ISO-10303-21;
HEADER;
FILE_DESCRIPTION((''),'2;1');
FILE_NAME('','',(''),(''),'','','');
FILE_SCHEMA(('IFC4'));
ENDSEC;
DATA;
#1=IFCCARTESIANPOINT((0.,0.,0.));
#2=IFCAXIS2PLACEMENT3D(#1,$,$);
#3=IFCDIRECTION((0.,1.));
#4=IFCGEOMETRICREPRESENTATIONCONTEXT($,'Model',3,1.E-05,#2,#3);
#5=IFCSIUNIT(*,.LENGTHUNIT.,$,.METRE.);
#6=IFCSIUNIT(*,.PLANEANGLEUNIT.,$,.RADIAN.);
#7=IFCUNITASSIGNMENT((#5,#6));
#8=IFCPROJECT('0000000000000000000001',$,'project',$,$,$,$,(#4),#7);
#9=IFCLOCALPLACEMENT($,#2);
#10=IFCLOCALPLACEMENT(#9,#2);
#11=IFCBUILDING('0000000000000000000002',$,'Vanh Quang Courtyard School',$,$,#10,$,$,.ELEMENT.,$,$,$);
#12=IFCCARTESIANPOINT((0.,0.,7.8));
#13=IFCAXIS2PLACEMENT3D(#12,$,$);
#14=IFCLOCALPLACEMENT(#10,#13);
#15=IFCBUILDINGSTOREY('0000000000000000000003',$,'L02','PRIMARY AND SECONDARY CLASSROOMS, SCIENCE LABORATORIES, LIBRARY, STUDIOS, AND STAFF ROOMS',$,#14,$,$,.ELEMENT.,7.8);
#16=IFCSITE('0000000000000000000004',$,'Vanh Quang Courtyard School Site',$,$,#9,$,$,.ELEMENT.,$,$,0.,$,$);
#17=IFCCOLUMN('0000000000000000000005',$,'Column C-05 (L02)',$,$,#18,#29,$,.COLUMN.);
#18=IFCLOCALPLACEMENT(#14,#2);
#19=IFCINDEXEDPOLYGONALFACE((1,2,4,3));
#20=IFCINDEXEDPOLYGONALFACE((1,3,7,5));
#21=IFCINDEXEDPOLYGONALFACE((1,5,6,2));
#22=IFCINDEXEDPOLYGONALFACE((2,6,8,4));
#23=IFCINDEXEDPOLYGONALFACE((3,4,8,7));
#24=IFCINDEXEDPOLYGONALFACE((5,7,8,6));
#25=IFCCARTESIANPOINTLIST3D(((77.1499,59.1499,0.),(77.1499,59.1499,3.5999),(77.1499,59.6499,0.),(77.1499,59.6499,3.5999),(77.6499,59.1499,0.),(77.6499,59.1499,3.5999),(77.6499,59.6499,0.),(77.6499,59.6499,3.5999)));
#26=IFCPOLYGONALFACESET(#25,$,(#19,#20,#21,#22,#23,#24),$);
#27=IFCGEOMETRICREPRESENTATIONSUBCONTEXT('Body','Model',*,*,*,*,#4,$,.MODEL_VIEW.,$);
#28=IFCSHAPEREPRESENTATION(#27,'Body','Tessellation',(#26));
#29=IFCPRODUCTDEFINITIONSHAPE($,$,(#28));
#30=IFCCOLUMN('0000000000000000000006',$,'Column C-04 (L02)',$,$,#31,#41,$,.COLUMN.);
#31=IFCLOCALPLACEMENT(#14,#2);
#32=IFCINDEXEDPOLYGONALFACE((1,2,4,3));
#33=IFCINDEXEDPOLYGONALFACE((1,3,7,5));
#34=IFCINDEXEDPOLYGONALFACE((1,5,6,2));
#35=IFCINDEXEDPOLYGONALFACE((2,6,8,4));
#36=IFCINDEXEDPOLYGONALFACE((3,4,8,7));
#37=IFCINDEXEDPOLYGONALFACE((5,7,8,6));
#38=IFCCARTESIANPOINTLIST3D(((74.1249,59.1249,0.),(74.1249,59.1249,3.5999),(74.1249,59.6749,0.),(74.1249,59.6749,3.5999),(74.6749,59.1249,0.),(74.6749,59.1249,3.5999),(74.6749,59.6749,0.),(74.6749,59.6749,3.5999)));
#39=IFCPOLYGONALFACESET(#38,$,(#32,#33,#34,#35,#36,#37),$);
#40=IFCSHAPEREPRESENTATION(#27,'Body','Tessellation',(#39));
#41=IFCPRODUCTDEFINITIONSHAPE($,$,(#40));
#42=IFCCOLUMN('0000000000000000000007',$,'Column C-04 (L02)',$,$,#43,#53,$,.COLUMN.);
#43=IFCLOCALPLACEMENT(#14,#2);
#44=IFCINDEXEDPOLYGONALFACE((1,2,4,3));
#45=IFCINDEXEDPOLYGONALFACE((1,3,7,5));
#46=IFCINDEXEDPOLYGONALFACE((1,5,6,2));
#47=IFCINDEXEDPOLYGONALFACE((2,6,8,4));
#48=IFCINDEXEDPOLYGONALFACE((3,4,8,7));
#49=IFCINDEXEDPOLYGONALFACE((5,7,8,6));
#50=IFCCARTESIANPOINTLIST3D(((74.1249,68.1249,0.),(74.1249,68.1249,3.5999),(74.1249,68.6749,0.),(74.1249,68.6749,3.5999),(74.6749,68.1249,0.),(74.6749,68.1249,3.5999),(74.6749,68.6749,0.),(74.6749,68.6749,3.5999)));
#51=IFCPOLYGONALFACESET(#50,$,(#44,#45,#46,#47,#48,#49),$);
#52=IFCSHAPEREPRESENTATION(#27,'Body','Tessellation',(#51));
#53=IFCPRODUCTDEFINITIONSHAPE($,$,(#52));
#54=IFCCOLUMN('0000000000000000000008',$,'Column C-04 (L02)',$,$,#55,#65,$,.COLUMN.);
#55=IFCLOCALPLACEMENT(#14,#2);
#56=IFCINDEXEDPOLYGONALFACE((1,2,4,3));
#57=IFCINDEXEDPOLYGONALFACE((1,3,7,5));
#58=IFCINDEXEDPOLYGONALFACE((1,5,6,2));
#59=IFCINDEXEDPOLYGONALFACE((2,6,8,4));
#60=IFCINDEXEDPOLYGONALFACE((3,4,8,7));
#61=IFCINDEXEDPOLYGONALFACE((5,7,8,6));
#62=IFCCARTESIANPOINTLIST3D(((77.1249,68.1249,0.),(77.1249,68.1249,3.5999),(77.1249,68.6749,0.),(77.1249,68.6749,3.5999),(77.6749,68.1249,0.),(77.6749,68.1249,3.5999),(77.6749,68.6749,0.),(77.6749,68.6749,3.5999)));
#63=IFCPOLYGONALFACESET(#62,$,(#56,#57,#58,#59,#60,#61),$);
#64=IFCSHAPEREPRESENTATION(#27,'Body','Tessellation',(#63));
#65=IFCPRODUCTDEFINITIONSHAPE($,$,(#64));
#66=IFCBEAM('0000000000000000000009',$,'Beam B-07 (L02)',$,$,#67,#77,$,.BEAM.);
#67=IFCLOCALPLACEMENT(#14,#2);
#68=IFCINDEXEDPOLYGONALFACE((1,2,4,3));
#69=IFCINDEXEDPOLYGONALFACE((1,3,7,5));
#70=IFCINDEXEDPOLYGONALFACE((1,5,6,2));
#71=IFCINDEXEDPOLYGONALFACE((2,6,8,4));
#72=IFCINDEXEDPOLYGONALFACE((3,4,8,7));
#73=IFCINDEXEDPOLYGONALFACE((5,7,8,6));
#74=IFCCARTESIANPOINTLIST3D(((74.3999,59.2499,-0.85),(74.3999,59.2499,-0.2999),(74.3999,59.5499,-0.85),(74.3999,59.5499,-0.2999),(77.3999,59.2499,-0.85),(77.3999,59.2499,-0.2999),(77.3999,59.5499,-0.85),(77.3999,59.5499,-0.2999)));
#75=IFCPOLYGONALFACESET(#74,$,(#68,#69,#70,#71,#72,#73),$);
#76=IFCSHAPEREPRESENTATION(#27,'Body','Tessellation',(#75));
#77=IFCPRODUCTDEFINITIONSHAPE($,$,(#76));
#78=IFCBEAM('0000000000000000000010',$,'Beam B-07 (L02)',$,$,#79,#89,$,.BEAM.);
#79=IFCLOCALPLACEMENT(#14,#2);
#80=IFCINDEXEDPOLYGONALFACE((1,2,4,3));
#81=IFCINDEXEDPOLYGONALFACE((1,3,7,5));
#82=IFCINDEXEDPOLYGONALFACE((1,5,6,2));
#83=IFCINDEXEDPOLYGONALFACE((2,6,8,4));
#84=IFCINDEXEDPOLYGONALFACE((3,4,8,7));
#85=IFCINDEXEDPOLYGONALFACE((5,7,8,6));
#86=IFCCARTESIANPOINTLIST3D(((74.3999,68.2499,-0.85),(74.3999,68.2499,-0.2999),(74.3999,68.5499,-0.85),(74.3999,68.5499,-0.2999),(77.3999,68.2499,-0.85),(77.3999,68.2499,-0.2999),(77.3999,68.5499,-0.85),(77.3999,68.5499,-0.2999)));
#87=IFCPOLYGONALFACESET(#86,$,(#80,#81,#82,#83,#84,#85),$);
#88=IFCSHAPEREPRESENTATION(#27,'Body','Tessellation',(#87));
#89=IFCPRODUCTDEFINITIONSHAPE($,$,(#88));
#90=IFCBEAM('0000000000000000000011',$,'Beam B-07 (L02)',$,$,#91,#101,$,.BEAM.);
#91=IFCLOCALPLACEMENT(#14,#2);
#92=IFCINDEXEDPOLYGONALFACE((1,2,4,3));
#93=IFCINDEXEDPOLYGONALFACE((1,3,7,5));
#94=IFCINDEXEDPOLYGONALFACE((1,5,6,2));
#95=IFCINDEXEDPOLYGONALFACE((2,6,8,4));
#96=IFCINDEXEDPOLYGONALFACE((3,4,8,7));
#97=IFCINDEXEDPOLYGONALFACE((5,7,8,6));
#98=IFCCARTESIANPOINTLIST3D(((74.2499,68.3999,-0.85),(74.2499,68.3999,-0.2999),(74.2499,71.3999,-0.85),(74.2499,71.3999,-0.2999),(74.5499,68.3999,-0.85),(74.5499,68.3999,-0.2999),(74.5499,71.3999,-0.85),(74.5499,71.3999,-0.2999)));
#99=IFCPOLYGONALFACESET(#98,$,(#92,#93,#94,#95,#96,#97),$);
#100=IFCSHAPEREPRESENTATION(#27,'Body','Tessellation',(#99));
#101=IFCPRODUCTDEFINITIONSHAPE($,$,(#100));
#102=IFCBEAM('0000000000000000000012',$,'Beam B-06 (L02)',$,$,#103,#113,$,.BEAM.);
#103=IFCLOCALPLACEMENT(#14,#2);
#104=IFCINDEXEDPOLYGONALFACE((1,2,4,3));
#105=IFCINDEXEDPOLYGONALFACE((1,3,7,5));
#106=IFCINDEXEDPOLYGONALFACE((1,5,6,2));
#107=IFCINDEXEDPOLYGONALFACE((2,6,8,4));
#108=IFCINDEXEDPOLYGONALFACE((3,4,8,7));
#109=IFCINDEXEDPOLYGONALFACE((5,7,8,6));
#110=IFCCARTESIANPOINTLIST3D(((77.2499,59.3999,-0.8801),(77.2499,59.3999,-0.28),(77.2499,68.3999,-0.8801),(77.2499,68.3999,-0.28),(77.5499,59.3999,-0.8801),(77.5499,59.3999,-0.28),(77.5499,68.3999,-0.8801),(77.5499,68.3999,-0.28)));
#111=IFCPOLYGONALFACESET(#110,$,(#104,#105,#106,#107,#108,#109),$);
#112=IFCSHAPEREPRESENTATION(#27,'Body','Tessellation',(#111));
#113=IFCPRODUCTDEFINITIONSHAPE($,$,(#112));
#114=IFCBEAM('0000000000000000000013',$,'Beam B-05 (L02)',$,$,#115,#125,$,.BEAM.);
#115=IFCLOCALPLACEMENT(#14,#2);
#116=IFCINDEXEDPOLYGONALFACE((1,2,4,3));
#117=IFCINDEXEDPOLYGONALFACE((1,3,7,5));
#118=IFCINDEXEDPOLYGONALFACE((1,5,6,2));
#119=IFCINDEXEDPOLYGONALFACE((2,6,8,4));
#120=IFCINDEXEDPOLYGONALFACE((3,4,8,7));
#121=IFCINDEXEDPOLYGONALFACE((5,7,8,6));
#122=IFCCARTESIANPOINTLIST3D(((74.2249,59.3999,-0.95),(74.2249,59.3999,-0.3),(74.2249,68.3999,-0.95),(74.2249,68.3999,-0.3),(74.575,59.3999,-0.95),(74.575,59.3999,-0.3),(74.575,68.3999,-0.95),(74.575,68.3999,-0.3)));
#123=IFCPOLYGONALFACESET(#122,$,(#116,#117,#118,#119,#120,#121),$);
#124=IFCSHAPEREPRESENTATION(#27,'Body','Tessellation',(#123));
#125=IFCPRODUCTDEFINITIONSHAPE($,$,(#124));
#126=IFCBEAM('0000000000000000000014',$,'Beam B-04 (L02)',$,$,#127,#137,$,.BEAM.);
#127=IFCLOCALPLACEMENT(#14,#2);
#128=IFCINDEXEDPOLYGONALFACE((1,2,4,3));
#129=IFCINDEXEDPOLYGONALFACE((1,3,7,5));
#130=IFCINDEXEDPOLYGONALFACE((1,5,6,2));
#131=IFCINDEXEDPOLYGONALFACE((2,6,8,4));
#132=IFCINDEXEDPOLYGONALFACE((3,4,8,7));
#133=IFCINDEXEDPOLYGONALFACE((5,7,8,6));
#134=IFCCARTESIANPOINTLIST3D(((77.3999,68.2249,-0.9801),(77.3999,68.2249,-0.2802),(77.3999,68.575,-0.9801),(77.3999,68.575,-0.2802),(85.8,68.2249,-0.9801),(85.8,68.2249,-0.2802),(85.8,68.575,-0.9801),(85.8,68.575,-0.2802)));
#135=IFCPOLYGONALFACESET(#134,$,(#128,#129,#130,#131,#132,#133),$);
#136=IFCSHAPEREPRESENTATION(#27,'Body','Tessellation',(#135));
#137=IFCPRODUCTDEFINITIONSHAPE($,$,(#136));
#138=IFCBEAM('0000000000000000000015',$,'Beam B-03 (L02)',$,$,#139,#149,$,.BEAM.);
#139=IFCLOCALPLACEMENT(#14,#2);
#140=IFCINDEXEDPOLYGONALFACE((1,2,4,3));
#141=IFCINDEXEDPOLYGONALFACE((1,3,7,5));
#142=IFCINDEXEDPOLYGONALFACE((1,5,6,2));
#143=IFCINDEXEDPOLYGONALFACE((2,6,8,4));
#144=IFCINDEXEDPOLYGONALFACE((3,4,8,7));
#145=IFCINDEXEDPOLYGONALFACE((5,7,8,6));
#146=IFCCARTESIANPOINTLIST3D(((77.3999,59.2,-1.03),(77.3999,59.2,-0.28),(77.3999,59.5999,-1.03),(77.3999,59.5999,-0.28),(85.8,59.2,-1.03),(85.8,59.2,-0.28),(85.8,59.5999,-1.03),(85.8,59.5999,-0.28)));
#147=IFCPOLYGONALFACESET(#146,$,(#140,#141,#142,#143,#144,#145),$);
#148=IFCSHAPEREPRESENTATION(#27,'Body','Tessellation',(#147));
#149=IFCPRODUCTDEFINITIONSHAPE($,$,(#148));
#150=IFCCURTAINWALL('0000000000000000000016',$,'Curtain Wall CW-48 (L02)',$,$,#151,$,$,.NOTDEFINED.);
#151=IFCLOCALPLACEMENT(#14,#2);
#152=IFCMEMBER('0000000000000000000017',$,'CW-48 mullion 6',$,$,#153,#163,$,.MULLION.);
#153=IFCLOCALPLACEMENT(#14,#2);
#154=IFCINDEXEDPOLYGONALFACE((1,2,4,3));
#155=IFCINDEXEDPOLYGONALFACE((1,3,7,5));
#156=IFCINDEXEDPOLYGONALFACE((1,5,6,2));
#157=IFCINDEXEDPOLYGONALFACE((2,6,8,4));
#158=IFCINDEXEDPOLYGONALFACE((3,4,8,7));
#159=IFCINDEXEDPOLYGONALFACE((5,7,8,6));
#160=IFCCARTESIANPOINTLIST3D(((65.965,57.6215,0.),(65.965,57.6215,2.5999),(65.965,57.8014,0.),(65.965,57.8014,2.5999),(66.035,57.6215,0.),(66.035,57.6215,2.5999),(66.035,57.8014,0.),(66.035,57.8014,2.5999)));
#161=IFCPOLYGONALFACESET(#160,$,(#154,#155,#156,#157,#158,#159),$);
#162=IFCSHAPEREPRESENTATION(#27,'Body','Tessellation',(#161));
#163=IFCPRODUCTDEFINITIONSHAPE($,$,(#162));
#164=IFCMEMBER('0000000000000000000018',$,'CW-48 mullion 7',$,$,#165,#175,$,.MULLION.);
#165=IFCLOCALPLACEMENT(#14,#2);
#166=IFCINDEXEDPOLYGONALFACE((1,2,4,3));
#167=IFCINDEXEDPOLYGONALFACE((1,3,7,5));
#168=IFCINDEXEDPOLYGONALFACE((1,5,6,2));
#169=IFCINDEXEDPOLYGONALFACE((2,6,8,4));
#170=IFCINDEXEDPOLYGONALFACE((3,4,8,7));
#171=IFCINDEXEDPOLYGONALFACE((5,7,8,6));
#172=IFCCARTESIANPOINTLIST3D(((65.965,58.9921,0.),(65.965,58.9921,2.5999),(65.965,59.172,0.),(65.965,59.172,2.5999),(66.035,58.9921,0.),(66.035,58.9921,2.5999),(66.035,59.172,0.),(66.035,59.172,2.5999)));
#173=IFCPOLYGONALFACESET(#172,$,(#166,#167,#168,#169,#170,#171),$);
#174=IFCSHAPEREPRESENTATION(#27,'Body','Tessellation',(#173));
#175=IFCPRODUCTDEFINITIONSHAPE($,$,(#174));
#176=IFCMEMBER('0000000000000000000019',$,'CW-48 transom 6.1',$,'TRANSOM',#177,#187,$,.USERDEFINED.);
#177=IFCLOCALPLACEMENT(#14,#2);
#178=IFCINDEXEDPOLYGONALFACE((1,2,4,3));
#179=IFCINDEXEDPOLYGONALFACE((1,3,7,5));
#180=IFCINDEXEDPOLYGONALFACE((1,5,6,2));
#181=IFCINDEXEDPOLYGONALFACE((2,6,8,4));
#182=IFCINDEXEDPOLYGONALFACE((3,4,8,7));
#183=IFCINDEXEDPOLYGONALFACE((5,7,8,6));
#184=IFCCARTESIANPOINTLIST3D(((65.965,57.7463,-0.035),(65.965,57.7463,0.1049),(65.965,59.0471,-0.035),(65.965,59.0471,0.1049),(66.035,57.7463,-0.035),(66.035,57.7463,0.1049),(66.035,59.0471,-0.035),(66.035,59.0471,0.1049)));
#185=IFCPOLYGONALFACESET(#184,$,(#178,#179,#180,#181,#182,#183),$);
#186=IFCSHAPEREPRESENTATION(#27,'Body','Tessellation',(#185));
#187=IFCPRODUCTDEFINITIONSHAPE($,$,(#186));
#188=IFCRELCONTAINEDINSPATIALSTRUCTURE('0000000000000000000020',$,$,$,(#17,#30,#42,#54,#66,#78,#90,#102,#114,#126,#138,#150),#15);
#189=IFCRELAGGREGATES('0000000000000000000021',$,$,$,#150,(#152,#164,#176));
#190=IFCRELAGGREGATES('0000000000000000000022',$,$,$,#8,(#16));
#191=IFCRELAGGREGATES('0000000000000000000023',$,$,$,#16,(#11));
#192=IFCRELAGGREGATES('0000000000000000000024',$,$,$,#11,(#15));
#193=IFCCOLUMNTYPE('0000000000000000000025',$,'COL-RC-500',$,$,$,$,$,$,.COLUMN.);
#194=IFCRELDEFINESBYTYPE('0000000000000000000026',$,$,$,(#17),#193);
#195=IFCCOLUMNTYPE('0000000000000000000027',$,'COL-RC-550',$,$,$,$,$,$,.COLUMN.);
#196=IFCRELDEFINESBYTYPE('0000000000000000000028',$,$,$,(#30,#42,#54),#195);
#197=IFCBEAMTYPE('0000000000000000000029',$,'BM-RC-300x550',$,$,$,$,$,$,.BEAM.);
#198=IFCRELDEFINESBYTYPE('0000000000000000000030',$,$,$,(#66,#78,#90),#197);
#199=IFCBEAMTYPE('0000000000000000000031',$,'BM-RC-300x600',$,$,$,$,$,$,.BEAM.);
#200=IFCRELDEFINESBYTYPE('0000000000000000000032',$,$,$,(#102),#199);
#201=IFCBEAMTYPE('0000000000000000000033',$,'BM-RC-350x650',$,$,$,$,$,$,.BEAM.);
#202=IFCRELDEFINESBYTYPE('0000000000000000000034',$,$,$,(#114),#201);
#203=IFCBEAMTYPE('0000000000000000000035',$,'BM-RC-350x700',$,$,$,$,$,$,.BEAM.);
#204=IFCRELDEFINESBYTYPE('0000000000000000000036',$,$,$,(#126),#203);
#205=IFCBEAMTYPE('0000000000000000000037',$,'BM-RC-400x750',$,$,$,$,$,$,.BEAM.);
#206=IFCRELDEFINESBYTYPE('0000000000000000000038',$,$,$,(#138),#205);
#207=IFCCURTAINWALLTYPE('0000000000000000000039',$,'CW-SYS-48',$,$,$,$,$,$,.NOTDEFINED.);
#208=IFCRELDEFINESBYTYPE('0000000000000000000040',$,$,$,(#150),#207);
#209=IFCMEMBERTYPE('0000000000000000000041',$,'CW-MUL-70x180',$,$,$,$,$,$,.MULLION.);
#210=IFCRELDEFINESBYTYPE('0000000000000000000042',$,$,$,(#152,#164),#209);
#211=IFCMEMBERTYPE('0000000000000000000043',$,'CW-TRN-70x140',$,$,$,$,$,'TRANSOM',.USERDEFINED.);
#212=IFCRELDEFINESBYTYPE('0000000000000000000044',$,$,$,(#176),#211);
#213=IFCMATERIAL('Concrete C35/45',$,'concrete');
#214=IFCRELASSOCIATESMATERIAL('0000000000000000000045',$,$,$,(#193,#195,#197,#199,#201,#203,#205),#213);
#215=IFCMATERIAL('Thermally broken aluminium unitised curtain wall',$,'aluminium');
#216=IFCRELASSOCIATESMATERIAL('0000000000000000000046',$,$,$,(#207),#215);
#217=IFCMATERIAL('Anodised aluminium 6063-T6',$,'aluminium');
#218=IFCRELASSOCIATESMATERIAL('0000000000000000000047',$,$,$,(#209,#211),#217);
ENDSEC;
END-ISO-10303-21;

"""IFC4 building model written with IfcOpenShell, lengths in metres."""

from ifc_helpers import new_model, si_unit, direction, frame, origin, origin_2d, place, context, subcontext, project, spatial, rectangle, extrude, material, material_profile, profile_set, type_object, element, aggregate, save


model = new_model("IFC4")

# Units and contexts
model_context = context("Model", 3, precision=1e-05, world=origin(), true_north=direction((0.0, 1.0)))
body_context = subcontext(model_context, "Body", "Model", "MODEL_VIEW")
ifc_project = project(units=[si_unit("LENGTHUNIT", "METRE"), si_unit("PLANEANGLEUNIT", "RADIAN")], contexts=[model_context])

# Site, building, storey
site_placement = place(None, origin())
site = spatial("IfcSite", under=ifc_project, at=site_placement, Name="Vanh Quang Courtyard School Site", CompositionType="ELEMENT", RefElevation=0.0)
building_placement = place(site_placement, origin())
building = spatial("IfcBuilding", under=site, at=building_placement, Name="Vanh Quang Courtyard School", CompositionType="ELEMENT")
storey_placement = place(building_placement, frame((0.0, 0.0, 7.8)))
storey = spatial("IfcBuildingStorey", under=building, at=storey_placement, Name="L02", Description="PRIMARY AND SECONDARY CLASSROOMS, SCIENCE LABORATORIES, LIBRARY, STUDIOS, AND STAFF ROOMS", CompositionType="ELEMENT", Elevation=7.8)

# Columns
ifc_material_1 = material(Name="Concrete C35/45", Category="concrete")
ifc_material_profile_1 = material_profile(ifc_material_1, rectangle(XDim=0.5, YDim=0.5, at=origin_2d()), Name="RC-COL 500x500")
ifc_profile_set_1 = profile_set([ifc_material_profile_1], Name="Concrete C35/45")
column_type_1 = type_object("IfcColumnType", Name="COL-RC-500", PredefinedType="COLUMN", material=ifc_profile_set_1)
column_placement = place(storey_placement, frame((77.3999, 59.3999, 0.0), z_axis=(0.0, 0.0, 1.0), x_axis=(1.0, 0.0, 0.0)))
element("IfcColumn", 1, at=column_placement, inside=storey, type_object=column_type_1, Name="Column C-05 (L02)", PredefinedType="COLUMN", context=body_context, shape_type="SweptSolid", body=[
    extrude(rectangle(XDim=0.5, YDim=0.5, at=origin_2d()), origin(), (0.0, 0.0, 1.0), 3.5999),
])
ifc_material_profile_2 = material_profile(ifc_material_1, rectangle(XDim=0.55, YDim=0.55, at=origin_2d()), Name="RC-COL 550x550")
ifc_profile_set_2 = profile_set([ifc_material_profile_2], Name="Concrete C35/45")
column_type_2 = type_object("IfcColumnType", Name="COL-RC-550", PredefinedType="COLUMN", material=ifc_profile_set_2)
for number, where, z_axis, x_axis, name in (
    (2, (74.3999, 59.3999, 0.0), (0.0, 0.0, 1.0), (1.0, 0.0, 0.0), "Column C-04 (L02)"),
    (3, (74.3999, 68.3999, 0.0), (0.0, 0.0, 1.0), (1.0, 0.0, 0.0), "Column C-04 (L02)"),
    (4, (77.3999, 68.3999, 0.0), (0.0, 0.0, 1.0), (1.0, 0.0, 0.0), "Column C-04 (L02)"),
):
    element("IfcColumn", number, at=place(storey_placement, frame(where, z_axis=z_axis, x_axis=x_axis)), inside=storey, type_object=column_type_2, Name=name, PredefinedType="COLUMN", context=body_context, shape_type="SweptSolid", body=[
        extrude(rectangle(XDim=0.55, YDim=0.55, at=origin_2d()), origin(), (0.0, 0.0, 1.0), 3.5999),
    ])

# Beams
ifc_material_profile_3 = material_profile(ifc_material_1, rectangle(XDim=0.3, YDim=0.55, at=origin_2d()), Name="RC-BM 300x550")
ifc_profile_set_3 = profile_set([ifc_material_profile_3], Name="Concrete C35/45")
beam_type_1 = type_object("IfcBeamType", Name="BM-RC-300x550", PredefinedType="BEAM", material=ifc_profile_set_3)
for number, where, z_axis, x_axis, name in (
    (5, (74.3999, 59.3999, -0.575), (1.0, 0.0, 0.0), (0.0, 1.0, 0.0), "Beam B-07 (L02)"),
    (6, (74.3999, 68.3999, -0.575), (1.0, 0.0, 0.0), (0.0, 1.0, 0.0), "Beam B-07 (L02)"),
    (7, (74.3999, 68.3999, -0.575), (0.0, 1.0, 0.0), (-1.0, 0.0, 0.0), "Beam B-07 (L02)"),
):
    element("IfcBeam", number, at=place(storey_placement, frame(where, z_axis=z_axis, x_axis=x_axis)), inside=storey, type_object=beam_type_1, Name=name, PredefinedType="BEAM", context=body_context, shape_type="SweptSolid", body=[
        extrude(rectangle(XDim=0.3, YDim=0.55, at=origin_2d()), origin(), (0.0, 0.0, 1.0), 3.0),
    ])
ifc_material_profile_4 = material_profile(ifc_material_1, rectangle(XDim=0.3, YDim=0.6001, at=origin_2d()), Name="RC-BM 300x600")
ifc_profile_set_4 = profile_set([ifc_material_profile_4], Name="Concrete C35/45")
beam_type_2 = type_object("IfcBeamType", Name="BM-RC-300x600", PredefinedType="BEAM", material=ifc_profile_set_4)
beam_1_placement = place(storey_placement, frame((77.3999, 59.3999, -0.5801), z_axis=(0.0, 1.0, 0.0), x_axis=(-1.0, 0.0, 0.0)))
element("IfcBeam", 8, at=beam_1_placement, inside=storey, type_object=beam_type_2, Name="Beam B-06 (L02)", PredefinedType="BEAM", context=body_context, shape_type="SweptSolid", body=[
    extrude(rectangle(XDim=0.3, YDim=0.6001, at=origin_2d()), origin(), (0.0, 0.0, 1.0), 9.0),
])
ifc_material_profile_5 = material_profile(ifc_material_1, rectangle(XDim=0.3501, YDim=0.6499, at=origin_2d()), Name="RC-BM 350x650")
ifc_profile_set_5 = profile_set([ifc_material_profile_5], Name="Concrete C35/45")
beam_type_3 = type_object("IfcBeamType", Name="BM-RC-350x650", PredefinedType="BEAM", material=ifc_profile_set_5)
beam_2_placement = place(storey_placement, frame((74.3999, 59.3999, -0.625), z_axis=(0.0, 1.0, 0.0), x_axis=(-1.0, 0.0, 0.0)))
element("IfcBeam", 9, at=beam_2_placement, inside=storey, type_object=beam_type_3, Name="Beam B-05 (L02)", PredefinedType="BEAM", context=body_context, shape_type="SweptSolid", body=[
    extrude(rectangle(XDim=0.3501, YDim=0.6499, at=origin_2d()), origin(), (0.0, 0.0, 1.0), 9.0),
])
ifc_material_profile_6 = material_profile(ifc_material_1, rectangle(XDim=0.3501, YDim=0.7, at=origin_2d()), Name="RC-BM 350x700")
ifc_profile_set_6 = profile_set([ifc_material_profile_6], Name="Concrete C35/45")
beam_type_4 = type_object("IfcBeamType", Name="BM-RC-350x700", PredefinedType="BEAM", material=ifc_profile_set_6)
beam_3_placement = place(storey_placement, frame((77.3999, 68.3999, -0.6301), z_axis=(1.0, 0.0, 0.0), x_axis=(0.0, 1.0, 0.0)))
element("IfcBeam", 10, at=beam_3_placement, inside=storey, type_object=beam_type_4, Name="Beam B-04 (L02)", PredefinedType="BEAM", context=body_context, shape_type="SweptSolid", body=[
    extrude(rectangle(XDim=0.3501, YDim=0.7, at=origin_2d()), origin(), (0.0, 0.0, 1.0), 8.4001),
])
ifc_material_profile_7 = material_profile(ifc_material_1, rectangle(XDim=0.3999, YDim=0.75, at=origin_2d()), Name="RC-BM 400x750")
ifc_profile_set_7 = profile_set([ifc_material_profile_7], Name="Concrete C35/45")
beam_type_5 = type_object("IfcBeamType", Name="BM-RC-400x750", PredefinedType="BEAM", material=ifc_profile_set_7)
beam_4_placement = place(storey_placement, frame((77.3999, 59.3999, -0.655), z_axis=(1.0, 0.0, 0.0), x_axis=(0.0, 1.0, 0.0)))
element("IfcBeam", 11, at=beam_4_placement, inside=storey, type_object=beam_type_5, Name="Beam B-03 (L02)", PredefinedType="BEAM", context=body_context, shape_type="SweptSolid", body=[
    extrude(rectangle(XDim=0.3999, YDim=0.75, at=origin_2d()), origin(), (0.0, 0.0, 1.0), 8.4001),
])

# Curtain wall, members
ifc_material_2 = material(Name="Thermally broken aluminium unitised curtain wall", Category="aluminium")
curtain_wall_type = type_object("IfcCurtainWallType", Name="CW-SYS-48", PredefinedType="NOTDEFINED", material=ifc_material_2)
curtain_wall_placement = place(storey_placement, origin())
curtain_wall = element("IfcCurtainWall", 12, at=curtain_wall_placement, inside=storey, type_object=curtain_wall_type, Name="Curtain Wall CW-48 (L02)", PredefinedType="NOTDEFINED")
ifc_material_3 = material(Name="Anodised aluminium 6063-T6", Category="aluminium")
ifc_material_profile_8 = material_profile(ifc_material_3, rectangle(XDim=0.0701, YDim=0.1799, at=origin_2d()), Name="ALU-MUL 70x180")
ifc_profile_set_8 = profile_set([ifc_material_profile_8], Name="Anodised aluminium 6063-T6")
member_type_1 = type_object("IfcMemberType", Name="CW-MUL-70x180", PredefinedType="MULLION", material=ifc_profile_set_8)
member_1_placement = place(storey_placement, frame((66.0, 57.7114, 0.0), z_axis=(0.0, 0.0, 1.0), x_axis=(-1.0, 0.0, 0.0)))
member_1 = element("IfcMember", 13, at=member_1_placement, type_object=member_type_1, Name="CW-48 mullion 6", PredefinedType="MULLION", context=body_context, shape_type="SweptSolid", body=[
    extrude(rectangle(XDim=0.0701, YDim=0.1799, at=origin_2d()), origin(), (0.0, 0.0, 1.0), 2.5999),
])
member_2_placement = place(storey_placement, frame((66.0, 59.082, 0.0), z_axis=(0.0, 0.0, 1.0), x_axis=(-1.0, 0.0, 0.0)))
member_2 = element("IfcMember", 14, at=member_2_placement, type_object=member_type_1, Name="CW-48 mullion 7", PredefinedType="MULLION", context=body_context, shape_type="SweptSolid", body=[
    extrude(rectangle(XDim=0.0701, YDim=0.1799, at=origin_2d()), origin(), (0.0, 0.0, 1.0), 2.5999),
])
ifc_material_profile_9 = material_profile(ifc_material_3, rectangle(XDim=0.0701, YDim=0.1399, at=origin_2d()), Name="ALU-TRN 70x140")
ifc_profile_set_9 = profile_set([ifc_material_profile_9], Name="Anodised aluminium 6063-T6")
member_type_2 = type_object("IfcMemberType", Name="CW-TRN-70x140", ElementType="TRANSOM", PredefinedType="USERDEFINED", material=ifc_profile_set_9)
member_3_placement = place(storey_placement, frame((66.0, 57.7463, 0.0349), z_axis=(0.0, 1.0, 0.0), x_axis=(-1.0, 0.0, 0.0)))
member_3 = element("IfcMember", 15, at=member_3_placement, type_object=member_type_2, Name="CW-48 transom 6.1", ObjectType="TRANSOM", PredefinedType="USERDEFINED", context=body_context, shape_type="SweptSolid", body=[
    extrude(rectangle(XDim=0.0701, YDim=0.1399, at=origin_2d()), origin(), (0.0, 0.0, 1.0), 1.3008),
])

aggregate(curtain_wall, [member_1, member_2, member_3])

save(model, "model.ifc")
